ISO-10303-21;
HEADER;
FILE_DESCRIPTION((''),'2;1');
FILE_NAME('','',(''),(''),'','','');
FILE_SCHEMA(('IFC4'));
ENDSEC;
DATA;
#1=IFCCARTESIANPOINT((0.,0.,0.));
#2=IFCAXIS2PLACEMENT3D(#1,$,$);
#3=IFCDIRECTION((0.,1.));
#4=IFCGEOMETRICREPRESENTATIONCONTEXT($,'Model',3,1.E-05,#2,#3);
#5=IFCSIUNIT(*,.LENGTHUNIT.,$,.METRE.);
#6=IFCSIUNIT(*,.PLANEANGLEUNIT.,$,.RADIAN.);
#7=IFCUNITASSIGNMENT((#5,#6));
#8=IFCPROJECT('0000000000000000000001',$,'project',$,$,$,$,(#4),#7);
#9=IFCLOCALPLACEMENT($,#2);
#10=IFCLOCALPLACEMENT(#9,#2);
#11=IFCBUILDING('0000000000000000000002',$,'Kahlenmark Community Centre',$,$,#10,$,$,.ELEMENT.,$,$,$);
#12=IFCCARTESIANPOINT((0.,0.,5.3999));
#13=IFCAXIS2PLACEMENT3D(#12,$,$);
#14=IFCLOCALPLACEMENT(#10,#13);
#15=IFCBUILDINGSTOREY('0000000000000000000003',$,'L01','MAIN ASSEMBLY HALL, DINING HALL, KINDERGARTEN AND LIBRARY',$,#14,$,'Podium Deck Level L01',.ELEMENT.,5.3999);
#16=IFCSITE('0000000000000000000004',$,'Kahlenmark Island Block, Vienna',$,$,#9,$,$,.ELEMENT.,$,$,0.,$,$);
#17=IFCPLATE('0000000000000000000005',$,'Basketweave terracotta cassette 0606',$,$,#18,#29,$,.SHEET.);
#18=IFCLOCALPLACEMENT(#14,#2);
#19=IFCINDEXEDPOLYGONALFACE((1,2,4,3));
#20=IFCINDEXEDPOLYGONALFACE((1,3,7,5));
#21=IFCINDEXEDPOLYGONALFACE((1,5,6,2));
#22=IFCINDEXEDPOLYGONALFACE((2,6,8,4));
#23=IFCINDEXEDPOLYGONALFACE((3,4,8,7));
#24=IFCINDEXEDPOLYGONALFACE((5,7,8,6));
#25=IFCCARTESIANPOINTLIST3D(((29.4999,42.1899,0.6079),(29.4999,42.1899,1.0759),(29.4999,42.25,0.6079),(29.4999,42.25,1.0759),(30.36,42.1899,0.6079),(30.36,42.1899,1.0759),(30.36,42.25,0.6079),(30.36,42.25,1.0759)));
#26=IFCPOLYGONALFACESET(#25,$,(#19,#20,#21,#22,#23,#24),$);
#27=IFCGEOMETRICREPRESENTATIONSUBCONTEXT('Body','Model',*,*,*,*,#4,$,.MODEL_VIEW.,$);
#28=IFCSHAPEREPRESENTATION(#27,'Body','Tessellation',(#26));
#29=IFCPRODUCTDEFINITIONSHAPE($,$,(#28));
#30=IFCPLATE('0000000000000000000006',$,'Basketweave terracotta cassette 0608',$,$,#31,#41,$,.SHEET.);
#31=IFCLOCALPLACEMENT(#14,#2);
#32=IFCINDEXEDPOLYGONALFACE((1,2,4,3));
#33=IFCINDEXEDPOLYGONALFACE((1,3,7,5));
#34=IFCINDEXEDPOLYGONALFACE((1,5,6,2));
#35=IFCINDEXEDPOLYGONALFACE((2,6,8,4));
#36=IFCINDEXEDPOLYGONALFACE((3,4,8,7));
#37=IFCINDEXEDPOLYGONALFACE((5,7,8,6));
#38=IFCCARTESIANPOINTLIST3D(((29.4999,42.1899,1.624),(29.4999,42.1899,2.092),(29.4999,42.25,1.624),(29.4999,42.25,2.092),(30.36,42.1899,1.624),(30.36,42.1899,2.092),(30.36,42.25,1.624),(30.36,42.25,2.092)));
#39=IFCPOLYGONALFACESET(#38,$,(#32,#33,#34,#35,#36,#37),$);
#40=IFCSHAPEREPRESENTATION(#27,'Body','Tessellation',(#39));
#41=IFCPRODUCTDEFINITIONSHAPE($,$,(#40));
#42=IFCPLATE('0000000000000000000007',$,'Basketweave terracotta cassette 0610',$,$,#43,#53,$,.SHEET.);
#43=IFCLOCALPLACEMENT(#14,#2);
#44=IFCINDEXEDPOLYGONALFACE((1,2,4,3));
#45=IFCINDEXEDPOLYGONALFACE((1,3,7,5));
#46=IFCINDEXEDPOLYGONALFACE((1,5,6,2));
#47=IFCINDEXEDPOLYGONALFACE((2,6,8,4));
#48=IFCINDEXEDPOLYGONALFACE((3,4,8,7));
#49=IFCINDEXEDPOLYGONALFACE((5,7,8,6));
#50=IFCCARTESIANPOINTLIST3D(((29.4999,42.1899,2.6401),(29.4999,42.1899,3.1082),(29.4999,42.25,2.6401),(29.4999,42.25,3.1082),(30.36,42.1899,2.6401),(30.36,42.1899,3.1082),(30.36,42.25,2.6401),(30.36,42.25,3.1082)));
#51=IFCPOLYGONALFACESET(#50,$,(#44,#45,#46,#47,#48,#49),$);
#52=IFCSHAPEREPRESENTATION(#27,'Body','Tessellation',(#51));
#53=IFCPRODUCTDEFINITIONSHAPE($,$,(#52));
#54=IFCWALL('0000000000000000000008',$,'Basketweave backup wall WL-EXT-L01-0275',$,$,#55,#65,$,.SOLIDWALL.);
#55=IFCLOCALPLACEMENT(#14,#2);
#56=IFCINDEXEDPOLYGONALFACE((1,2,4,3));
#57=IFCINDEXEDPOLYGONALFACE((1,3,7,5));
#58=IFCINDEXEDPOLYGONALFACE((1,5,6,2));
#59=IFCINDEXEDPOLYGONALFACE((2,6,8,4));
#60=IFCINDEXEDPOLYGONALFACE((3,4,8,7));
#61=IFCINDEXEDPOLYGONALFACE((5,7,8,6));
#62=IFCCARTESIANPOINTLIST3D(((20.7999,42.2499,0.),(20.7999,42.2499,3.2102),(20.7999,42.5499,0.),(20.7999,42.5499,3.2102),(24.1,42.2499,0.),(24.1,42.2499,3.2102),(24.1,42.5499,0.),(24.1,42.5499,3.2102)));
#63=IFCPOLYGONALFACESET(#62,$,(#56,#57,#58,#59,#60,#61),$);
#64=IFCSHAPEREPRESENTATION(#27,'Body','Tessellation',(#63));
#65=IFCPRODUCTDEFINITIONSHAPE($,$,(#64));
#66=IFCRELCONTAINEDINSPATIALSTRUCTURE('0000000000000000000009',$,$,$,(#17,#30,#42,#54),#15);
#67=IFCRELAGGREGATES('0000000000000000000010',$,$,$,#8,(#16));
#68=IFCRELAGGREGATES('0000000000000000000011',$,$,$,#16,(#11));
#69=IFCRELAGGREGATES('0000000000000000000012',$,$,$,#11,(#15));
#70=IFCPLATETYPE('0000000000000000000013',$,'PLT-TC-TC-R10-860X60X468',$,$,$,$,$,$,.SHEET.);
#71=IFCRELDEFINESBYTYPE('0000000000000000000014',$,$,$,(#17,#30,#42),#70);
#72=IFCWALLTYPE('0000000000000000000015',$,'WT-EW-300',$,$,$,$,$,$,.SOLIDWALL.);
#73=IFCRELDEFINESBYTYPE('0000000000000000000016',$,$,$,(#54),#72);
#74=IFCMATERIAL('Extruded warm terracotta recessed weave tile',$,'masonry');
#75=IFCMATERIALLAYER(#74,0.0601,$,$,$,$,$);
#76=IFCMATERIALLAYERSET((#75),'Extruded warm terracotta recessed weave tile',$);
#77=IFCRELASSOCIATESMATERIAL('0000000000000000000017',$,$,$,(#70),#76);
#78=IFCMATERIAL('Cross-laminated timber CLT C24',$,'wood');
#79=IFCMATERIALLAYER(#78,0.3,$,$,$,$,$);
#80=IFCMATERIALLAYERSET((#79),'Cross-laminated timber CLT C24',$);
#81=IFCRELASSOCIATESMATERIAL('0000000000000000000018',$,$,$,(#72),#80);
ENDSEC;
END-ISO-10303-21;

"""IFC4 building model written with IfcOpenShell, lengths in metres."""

from ifc_helpers import new_model, si_unit, direction, frame, frame_2d, origin, origin_2d, place, context, subcontext, project, spatial, rectangle, extrude, material, layer, layer_set, type_object, element, save


model = new_model("IFC4")

# Units and contexts
model_context = context("Model", 3, precision=1e-05, world=origin(), true_north=direction((0.0, 1.0)))
body_context = subcontext(model_context, "Body", "Model", "MODEL_VIEW")
ifc_project = project(units=[si_unit("LENGTHUNIT", "METRE"), si_unit("PLANEANGLEUNIT", "RADIAN")], contexts=[model_context])

# Site, building, storey
site_placement = place(None, origin())
site = spatial("IfcSite", under=ifc_project, at=site_placement, Name="Kahlenmark Island Block, Vienna", CompositionType="ELEMENT", RefElevation=0.0)
building_placement = place(site_placement, origin())
building = spatial("IfcBuilding", under=site, at=building_placement, Name="Kahlenmark Community Centre", CompositionType="ELEMENT")
storey_placement = place(building_placement, frame((0.0, 0.0, 5.3999)))
storey = spatial("IfcBuildingStorey", under=building, at=storey_placement, Name="L01", Description="MAIN ASSEMBLY HALL, DINING HALL, KINDERGARTEN AND LIBRARY", LongName="Podium Deck Level L01", CompositionType="ELEMENT", Elevation=5.3999)

# Plates
ifc_material_1 = material(Name="Extruded warm terracotta recessed weave tile", Category="masonry")
ifc_layer_1 = layer(ifc_material_1, 0.0601)
ifc_layer_set_1 = layer_set([ifc_layer_1], Name="Extruded warm terracotta recessed weave tile")
plate_type_1 = type_object("IfcPlateType", Name="PLT-TC-TC-R10-860X60X468", PredefinedType="SHEET", material=ifc_layer_set_1)
for number, where, z_axis, x_axis, name in (
    (1, (29.9299, 42.22, 0.6079), (0.0, 0.0, 1.0), (1.0, 0.0, 0.0), "Basketweave terracotta cassette 0606"),
    (2, (29.9299, 42.22, 1.624), (0.0, 0.0, 1.0), (1.0, 0.0, 0.0), "Basketweave terracotta cassette 0608"),
    (3, (29.9299, 42.22, 2.6401), (0.0, 0.0, 1.0), (1.0, 0.0, 0.0), "Basketweave terracotta cassette 0610"),
):
    element("IfcPlate", number, at=place(storey_placement, frame(where, z_axis=z_axis, x_axis=x_axis)), inside=storey, type_object=plate_type_1, Name=name, PredefinedType="SHEET", context=body_context, shape_type="SweptSolid", body=[
        extrude(rectangle(XDim=0.8601, YDim=0.0601, at=origin_2d()), origin(), (0.0, 0.0, 1.0), 0.468),
    ])

# Wall
ifc_material_2 = material(Name="Cross-laminated timber CLT C24", Category="wood")
ifc_layer_2 = layer(ifc_material_2, 0.3)
ifc_layer_set_2 = layer_set([ifc_layer_2], Name="Cross-laminated timber CLT C24")
wall_type = type_object("IfcWallType", Name="WT-EW-300", PredefinedType="SOLIDWALL", material=ifc_layer_set_2)
wall_placement = place(storey_placement, frame((20.8, 42.3999, 0.0), z_axis=(0.0, 0.0, 1.0), x_axis=(1.0, 0.0, 0.0)))
element("IfcWall", 4, at=wall_placement, inside=storey, type_object=wall_type, Name="Basketweave backup wall WL-EXT-L01-0275", PredefinedType="SOLIDWALL", context=body_context, shape_type="SweptSolid", body=[
    extrude(rectangle(XDim=3.3, YDim=0.3, at=frame_2d((1.6499, 0.0))), origin(), (0.0, 0.0, 1.0), 3.2102),
])

save(model, "model.ifc")
